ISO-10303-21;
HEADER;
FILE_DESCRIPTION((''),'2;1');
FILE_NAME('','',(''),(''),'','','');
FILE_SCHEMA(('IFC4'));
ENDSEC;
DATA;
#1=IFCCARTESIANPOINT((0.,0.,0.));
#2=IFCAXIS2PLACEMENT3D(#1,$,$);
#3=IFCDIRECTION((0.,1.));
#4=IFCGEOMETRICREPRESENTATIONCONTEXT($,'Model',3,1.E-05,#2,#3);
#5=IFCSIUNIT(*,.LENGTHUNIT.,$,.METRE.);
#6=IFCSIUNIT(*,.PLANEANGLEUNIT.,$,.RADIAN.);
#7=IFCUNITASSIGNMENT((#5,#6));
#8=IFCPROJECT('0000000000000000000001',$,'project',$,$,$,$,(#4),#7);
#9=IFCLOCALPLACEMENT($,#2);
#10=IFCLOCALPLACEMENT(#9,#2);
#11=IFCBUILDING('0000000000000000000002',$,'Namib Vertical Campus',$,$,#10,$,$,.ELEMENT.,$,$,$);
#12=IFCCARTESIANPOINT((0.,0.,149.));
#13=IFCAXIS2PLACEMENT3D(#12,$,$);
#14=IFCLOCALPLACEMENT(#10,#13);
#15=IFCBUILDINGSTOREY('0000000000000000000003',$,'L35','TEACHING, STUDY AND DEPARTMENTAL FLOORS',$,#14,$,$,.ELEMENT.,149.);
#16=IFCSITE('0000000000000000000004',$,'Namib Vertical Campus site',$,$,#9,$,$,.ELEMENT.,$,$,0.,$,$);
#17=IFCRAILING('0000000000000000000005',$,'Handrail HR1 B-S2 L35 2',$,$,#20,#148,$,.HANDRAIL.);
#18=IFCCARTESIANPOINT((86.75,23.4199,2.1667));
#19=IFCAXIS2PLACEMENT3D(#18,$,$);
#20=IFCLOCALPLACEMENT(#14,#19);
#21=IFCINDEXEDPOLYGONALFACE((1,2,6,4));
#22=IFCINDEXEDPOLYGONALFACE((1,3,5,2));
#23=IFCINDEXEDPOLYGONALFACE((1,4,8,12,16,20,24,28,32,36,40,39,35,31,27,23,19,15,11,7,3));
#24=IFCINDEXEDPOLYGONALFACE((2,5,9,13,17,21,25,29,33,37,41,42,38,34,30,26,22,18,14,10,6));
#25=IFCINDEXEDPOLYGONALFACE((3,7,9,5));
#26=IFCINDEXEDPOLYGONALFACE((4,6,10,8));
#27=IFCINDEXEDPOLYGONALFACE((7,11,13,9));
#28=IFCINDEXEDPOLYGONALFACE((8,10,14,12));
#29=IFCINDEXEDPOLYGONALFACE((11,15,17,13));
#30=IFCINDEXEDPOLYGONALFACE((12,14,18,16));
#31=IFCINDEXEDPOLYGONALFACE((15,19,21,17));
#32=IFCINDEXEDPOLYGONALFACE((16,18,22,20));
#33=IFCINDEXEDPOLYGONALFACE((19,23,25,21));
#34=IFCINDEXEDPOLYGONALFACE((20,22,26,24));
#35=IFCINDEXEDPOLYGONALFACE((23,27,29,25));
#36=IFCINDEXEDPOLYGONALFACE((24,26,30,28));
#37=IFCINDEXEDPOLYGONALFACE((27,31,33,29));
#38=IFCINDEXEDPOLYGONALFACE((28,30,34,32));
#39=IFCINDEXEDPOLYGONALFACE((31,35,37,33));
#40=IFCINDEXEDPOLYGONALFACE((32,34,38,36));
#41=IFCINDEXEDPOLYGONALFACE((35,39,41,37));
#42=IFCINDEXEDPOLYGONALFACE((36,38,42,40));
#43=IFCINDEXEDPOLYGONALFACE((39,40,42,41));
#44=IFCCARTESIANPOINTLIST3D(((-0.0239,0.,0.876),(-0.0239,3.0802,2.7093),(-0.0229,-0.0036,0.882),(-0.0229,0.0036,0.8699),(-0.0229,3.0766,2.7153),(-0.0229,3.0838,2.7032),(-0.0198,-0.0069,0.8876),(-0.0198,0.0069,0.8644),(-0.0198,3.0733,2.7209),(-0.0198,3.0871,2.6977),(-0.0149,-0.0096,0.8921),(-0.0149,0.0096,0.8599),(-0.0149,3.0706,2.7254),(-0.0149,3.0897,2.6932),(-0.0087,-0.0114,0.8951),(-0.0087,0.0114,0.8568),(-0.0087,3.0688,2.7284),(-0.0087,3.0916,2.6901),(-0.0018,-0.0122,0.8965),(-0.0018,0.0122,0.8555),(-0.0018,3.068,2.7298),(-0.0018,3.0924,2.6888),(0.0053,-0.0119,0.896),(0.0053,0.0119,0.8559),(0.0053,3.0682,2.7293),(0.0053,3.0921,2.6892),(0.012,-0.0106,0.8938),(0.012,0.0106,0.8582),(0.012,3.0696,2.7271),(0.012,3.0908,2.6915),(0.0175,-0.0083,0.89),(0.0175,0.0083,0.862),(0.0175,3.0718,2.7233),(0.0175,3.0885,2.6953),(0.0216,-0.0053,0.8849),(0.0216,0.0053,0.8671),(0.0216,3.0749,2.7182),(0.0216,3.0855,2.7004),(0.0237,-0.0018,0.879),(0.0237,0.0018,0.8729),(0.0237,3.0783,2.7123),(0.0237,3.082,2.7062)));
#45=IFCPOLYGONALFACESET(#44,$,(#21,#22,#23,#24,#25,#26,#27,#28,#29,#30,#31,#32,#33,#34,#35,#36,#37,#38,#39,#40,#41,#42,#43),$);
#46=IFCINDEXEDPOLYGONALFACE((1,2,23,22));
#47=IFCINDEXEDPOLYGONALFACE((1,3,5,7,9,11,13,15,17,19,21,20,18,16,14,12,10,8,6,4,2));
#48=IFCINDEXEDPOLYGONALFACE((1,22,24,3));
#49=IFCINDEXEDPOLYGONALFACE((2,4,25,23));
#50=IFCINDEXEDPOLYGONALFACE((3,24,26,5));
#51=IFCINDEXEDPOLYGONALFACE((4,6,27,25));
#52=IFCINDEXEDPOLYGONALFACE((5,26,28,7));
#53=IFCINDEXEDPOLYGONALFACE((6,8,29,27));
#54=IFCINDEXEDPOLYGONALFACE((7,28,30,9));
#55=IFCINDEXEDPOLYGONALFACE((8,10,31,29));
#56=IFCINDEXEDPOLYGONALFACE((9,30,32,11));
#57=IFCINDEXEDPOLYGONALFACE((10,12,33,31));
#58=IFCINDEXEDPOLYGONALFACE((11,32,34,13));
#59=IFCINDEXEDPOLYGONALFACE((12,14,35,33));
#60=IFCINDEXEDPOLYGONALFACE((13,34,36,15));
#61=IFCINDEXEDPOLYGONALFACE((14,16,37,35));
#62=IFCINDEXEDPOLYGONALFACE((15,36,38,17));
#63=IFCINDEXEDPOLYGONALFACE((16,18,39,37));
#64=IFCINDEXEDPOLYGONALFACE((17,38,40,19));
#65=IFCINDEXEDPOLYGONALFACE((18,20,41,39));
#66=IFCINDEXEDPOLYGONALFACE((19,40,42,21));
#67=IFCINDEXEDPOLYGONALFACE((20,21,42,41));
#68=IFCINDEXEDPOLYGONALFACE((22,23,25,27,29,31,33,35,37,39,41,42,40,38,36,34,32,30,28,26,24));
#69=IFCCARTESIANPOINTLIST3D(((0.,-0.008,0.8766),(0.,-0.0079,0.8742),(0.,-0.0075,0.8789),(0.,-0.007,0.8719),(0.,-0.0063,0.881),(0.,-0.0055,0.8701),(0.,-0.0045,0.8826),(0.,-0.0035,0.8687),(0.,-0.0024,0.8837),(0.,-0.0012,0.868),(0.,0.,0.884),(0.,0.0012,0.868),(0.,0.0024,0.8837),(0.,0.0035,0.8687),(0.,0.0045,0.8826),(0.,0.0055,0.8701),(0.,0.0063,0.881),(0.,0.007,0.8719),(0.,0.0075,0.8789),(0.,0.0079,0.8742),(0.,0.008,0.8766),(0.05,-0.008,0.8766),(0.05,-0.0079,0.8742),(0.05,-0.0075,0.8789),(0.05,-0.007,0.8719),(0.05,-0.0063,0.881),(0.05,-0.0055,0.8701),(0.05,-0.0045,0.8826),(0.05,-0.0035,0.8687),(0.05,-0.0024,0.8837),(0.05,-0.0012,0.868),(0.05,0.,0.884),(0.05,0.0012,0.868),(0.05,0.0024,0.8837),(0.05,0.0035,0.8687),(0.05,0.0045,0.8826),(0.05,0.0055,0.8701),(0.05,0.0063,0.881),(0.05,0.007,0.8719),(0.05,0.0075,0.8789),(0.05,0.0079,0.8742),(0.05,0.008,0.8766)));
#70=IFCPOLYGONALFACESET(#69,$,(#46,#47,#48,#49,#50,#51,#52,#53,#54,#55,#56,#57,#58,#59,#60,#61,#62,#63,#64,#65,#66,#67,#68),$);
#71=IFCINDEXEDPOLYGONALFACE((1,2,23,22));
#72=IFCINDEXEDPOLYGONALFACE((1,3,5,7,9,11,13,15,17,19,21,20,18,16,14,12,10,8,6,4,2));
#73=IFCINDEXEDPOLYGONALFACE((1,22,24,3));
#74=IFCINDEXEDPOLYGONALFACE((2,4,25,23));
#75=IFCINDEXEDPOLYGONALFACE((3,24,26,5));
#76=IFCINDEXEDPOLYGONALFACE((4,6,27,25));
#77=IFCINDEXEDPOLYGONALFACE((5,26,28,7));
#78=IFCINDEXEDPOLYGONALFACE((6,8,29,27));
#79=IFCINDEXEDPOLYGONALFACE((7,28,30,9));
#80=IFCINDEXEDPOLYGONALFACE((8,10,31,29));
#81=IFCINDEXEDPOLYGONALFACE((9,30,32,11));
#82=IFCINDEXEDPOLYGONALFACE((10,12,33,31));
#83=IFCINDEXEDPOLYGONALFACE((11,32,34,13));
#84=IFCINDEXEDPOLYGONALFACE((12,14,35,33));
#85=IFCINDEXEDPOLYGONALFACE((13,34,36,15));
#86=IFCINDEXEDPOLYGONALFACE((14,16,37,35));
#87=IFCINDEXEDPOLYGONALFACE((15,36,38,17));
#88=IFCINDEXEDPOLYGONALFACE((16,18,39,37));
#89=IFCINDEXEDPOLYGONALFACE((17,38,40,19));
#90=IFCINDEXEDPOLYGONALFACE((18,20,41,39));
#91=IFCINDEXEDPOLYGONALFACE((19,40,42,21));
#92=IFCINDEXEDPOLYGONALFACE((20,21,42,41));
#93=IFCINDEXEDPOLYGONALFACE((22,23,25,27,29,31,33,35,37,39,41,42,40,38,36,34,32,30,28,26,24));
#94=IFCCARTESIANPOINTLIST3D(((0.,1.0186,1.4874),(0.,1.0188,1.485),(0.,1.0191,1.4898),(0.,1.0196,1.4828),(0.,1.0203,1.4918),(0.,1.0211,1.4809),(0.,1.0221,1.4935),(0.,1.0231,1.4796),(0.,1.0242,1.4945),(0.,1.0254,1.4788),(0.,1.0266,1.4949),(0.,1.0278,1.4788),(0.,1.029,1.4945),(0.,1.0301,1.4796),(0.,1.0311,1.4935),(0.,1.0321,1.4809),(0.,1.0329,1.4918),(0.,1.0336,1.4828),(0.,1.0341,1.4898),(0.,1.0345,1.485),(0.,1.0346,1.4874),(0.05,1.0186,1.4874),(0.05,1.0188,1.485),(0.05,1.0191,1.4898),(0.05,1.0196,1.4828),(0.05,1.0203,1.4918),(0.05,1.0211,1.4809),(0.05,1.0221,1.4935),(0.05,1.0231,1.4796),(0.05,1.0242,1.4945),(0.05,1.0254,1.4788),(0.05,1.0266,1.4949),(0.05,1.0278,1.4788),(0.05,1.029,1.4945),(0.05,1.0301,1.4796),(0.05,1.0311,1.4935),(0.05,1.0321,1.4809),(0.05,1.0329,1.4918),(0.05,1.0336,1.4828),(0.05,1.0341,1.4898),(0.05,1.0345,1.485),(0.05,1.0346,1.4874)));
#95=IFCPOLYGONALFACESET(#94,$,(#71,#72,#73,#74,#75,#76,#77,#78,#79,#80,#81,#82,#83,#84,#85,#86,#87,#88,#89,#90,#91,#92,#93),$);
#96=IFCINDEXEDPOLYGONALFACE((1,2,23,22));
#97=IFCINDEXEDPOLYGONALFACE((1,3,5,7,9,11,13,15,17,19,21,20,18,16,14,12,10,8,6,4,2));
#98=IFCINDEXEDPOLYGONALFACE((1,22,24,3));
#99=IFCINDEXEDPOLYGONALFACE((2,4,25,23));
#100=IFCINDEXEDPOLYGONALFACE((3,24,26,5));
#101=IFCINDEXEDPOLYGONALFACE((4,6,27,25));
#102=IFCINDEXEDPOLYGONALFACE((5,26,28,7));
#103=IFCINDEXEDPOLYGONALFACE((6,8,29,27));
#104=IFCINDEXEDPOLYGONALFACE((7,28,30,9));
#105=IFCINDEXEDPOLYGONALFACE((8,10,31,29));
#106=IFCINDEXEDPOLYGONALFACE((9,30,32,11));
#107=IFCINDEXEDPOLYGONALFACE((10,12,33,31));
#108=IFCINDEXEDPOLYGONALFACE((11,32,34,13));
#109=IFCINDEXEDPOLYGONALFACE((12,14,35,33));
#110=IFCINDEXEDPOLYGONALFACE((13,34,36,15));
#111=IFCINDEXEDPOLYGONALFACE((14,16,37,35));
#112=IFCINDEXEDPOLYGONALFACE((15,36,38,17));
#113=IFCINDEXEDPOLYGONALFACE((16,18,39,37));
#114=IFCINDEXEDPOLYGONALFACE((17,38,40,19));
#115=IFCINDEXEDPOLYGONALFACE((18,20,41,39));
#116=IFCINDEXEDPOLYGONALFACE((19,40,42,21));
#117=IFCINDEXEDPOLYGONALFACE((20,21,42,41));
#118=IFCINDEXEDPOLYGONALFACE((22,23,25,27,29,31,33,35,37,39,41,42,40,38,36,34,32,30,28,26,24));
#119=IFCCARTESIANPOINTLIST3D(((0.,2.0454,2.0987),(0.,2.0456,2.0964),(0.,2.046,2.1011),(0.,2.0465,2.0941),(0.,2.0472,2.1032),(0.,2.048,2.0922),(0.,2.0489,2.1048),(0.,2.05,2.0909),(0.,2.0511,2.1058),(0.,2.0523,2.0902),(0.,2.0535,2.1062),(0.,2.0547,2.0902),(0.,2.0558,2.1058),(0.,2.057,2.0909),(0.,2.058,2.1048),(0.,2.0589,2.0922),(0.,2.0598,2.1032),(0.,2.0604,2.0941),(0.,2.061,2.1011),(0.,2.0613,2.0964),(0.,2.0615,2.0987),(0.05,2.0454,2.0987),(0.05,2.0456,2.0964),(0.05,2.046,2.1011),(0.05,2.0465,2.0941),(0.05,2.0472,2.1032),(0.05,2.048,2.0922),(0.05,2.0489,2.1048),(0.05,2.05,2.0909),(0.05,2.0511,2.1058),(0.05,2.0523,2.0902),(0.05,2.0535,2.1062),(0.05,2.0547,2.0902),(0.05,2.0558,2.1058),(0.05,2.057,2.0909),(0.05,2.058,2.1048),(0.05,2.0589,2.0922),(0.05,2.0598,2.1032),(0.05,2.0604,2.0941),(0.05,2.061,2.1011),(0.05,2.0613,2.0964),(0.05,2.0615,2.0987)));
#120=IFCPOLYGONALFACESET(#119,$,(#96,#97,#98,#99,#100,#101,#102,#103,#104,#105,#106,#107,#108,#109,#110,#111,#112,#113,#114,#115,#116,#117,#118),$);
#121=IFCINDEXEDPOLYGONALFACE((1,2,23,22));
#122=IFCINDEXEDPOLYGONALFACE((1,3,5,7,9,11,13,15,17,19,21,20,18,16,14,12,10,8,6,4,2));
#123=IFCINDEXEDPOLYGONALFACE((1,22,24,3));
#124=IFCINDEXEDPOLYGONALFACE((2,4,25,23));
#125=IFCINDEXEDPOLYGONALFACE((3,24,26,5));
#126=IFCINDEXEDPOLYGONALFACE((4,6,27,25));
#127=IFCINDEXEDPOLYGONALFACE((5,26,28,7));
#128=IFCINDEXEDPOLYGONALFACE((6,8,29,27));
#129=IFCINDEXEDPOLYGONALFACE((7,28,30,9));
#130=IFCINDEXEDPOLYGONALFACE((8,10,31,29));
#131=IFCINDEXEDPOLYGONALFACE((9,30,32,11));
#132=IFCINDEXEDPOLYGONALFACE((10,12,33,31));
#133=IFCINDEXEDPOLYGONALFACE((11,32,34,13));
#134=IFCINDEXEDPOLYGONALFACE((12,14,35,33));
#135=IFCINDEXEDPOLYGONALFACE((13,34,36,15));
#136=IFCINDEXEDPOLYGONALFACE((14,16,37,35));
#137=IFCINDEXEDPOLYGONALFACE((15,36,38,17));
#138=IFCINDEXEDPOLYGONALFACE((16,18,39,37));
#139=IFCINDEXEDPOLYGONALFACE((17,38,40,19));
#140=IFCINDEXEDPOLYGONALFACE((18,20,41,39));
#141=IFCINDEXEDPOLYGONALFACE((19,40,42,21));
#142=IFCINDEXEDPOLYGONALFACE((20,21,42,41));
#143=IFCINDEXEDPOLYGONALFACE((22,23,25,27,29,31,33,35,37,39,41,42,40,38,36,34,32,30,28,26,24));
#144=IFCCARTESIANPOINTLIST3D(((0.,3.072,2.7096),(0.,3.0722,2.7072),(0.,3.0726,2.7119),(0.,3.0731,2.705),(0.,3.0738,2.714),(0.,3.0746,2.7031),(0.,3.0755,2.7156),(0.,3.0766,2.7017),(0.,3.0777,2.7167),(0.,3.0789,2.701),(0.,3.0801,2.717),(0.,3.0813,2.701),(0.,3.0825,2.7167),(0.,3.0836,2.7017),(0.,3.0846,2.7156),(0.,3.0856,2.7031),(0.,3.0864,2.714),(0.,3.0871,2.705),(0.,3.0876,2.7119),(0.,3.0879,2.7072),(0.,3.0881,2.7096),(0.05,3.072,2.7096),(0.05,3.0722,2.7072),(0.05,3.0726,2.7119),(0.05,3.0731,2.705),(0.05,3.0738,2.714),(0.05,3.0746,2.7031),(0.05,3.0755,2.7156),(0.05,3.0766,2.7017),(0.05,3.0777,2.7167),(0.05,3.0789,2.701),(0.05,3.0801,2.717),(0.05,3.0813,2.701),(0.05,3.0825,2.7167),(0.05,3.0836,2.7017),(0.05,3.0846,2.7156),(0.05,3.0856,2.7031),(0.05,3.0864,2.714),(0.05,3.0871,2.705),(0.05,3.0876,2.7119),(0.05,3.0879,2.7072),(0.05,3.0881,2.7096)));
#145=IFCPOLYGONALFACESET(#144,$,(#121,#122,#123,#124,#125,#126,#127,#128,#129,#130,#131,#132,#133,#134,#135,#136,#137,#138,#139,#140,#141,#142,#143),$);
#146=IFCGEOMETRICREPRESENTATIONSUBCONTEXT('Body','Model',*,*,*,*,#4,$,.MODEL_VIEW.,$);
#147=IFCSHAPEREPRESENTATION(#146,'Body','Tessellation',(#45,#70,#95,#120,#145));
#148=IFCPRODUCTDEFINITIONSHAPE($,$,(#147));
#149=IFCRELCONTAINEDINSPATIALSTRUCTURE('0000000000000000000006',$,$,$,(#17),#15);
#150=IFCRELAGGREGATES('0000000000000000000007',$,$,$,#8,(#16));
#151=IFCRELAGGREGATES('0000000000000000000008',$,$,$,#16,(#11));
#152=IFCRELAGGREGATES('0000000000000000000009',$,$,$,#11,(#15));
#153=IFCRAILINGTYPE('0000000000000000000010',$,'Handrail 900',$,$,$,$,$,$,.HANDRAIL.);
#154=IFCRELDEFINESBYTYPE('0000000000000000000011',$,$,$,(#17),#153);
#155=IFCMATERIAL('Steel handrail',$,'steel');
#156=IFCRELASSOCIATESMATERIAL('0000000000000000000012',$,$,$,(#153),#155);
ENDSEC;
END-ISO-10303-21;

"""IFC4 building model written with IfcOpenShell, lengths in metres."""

from ifc_helpers import new_model, si_unit, direction, frame, origin, origin_2d, place, context, subcontext, project, spatial, circle, extrude, material, type_object, element, save


model = new_model("IFC4")

# Units and contexts
model_context = context("Model", 3, precision=1e-05, world=origin(), true_north=direction((0.0, 1.0)))
body_context = subcontext(model_context, "Body", "Model", "MODEL_VIEW")
ifc_project = project(units=[si_unit("LENGTHUNIT", "METRE"), si_unit("PLANEANGLEUNIT", "RADIAN")], contexts=[model_context])

# Site, building, storey
site_placement = place(None, origin())
site = spatial("IfcSite", under=ifc_project, at=site_placement, Name="Namib Vertical Campus site", CompositionType="ELEMENT", RefElevation=0.0)
building_placement = place(site_placement, origin())
building = spatial("IfcBuilding", under=site, at=building_placement, Name="Namib Vertical Campus", CompositionType="ELEMENT")
storey_placement = place(building_placement, frame((0.0, 0.0, 149.0)))
storey = spatial("IfcBuildingStorey", under=building, at=storey_placement, Name="L35", Description="TEACHING, STUDY AND DEPARTMENTAL FLOORS", CompositionType="ELEMENT", Elevation=149.0)

# Railing
ifc_material_1 = material(Name="Steel handrail", Category="steel")
railing_type_1 = type_object("IfcRailingType", Name="Handrail 900", PredefinedType="HANDRAIL", material=ifc_material_1)
railing_1_placement = place(storey_placement, frame((86.75, 23.4199, 2.1667)))
element("IfcRailing", 1, at=railing_1_placement, inside=storey, type_object=railing_type_1, Name="Handrail HR1 B-S2 L35 2", PredefinedType="HANDRAIL", context=body_context, shape_type="SweptSolid", body=[
    extrude(circle(Radius=0.0239, at=origin_2d()), frame((0.0, 0.0, 0.876), z_axis=(0.0, 0.859309, 0.511458), x_axis=(-1.0, 0.0, 0.0)), (0.0, 0.0, 1.0), 3.5845),
    extrude(circle(Radius=0.0081, at=origin_2d()), frame((0.0, 0.0, 0.876), z_axis=(1.0, 0.0, 0.0), x_axis=(0.0, 0.0, 1.0)), (0.0, 0.0, 1.0), 0.05),
    extrude(circle(Radius=0.0081, at=origin_2d()), frame((0.0, 1.0266, 1.4868), z_axis=(1.0, 0.0, 0.0), x_axis=(0.0, 0.0, 1.0)), (0.0, 0.0, 1.0), 0.05),
    extrude(circle(Radius=0.0081, at=origin_2d()), frame((0.0, 2.0535, 2.0981), z_axis=(1.0, 0.0, 0.0), x_axis=(0.0, 0.0, 1.0)), (0.0, 0.0, 1.0), 0.05),
    extrude(circle(Radius=0.0081, at=origin_2d()), frame((0.0, 3.0801, 2.709), z_axis=(1.0, 0.0, 0.0), x_axis=(0.0, 0.0, 1.0)), (0.0, 0.0, 1.0), 0.05),
])

save(model, "model.ifc")
